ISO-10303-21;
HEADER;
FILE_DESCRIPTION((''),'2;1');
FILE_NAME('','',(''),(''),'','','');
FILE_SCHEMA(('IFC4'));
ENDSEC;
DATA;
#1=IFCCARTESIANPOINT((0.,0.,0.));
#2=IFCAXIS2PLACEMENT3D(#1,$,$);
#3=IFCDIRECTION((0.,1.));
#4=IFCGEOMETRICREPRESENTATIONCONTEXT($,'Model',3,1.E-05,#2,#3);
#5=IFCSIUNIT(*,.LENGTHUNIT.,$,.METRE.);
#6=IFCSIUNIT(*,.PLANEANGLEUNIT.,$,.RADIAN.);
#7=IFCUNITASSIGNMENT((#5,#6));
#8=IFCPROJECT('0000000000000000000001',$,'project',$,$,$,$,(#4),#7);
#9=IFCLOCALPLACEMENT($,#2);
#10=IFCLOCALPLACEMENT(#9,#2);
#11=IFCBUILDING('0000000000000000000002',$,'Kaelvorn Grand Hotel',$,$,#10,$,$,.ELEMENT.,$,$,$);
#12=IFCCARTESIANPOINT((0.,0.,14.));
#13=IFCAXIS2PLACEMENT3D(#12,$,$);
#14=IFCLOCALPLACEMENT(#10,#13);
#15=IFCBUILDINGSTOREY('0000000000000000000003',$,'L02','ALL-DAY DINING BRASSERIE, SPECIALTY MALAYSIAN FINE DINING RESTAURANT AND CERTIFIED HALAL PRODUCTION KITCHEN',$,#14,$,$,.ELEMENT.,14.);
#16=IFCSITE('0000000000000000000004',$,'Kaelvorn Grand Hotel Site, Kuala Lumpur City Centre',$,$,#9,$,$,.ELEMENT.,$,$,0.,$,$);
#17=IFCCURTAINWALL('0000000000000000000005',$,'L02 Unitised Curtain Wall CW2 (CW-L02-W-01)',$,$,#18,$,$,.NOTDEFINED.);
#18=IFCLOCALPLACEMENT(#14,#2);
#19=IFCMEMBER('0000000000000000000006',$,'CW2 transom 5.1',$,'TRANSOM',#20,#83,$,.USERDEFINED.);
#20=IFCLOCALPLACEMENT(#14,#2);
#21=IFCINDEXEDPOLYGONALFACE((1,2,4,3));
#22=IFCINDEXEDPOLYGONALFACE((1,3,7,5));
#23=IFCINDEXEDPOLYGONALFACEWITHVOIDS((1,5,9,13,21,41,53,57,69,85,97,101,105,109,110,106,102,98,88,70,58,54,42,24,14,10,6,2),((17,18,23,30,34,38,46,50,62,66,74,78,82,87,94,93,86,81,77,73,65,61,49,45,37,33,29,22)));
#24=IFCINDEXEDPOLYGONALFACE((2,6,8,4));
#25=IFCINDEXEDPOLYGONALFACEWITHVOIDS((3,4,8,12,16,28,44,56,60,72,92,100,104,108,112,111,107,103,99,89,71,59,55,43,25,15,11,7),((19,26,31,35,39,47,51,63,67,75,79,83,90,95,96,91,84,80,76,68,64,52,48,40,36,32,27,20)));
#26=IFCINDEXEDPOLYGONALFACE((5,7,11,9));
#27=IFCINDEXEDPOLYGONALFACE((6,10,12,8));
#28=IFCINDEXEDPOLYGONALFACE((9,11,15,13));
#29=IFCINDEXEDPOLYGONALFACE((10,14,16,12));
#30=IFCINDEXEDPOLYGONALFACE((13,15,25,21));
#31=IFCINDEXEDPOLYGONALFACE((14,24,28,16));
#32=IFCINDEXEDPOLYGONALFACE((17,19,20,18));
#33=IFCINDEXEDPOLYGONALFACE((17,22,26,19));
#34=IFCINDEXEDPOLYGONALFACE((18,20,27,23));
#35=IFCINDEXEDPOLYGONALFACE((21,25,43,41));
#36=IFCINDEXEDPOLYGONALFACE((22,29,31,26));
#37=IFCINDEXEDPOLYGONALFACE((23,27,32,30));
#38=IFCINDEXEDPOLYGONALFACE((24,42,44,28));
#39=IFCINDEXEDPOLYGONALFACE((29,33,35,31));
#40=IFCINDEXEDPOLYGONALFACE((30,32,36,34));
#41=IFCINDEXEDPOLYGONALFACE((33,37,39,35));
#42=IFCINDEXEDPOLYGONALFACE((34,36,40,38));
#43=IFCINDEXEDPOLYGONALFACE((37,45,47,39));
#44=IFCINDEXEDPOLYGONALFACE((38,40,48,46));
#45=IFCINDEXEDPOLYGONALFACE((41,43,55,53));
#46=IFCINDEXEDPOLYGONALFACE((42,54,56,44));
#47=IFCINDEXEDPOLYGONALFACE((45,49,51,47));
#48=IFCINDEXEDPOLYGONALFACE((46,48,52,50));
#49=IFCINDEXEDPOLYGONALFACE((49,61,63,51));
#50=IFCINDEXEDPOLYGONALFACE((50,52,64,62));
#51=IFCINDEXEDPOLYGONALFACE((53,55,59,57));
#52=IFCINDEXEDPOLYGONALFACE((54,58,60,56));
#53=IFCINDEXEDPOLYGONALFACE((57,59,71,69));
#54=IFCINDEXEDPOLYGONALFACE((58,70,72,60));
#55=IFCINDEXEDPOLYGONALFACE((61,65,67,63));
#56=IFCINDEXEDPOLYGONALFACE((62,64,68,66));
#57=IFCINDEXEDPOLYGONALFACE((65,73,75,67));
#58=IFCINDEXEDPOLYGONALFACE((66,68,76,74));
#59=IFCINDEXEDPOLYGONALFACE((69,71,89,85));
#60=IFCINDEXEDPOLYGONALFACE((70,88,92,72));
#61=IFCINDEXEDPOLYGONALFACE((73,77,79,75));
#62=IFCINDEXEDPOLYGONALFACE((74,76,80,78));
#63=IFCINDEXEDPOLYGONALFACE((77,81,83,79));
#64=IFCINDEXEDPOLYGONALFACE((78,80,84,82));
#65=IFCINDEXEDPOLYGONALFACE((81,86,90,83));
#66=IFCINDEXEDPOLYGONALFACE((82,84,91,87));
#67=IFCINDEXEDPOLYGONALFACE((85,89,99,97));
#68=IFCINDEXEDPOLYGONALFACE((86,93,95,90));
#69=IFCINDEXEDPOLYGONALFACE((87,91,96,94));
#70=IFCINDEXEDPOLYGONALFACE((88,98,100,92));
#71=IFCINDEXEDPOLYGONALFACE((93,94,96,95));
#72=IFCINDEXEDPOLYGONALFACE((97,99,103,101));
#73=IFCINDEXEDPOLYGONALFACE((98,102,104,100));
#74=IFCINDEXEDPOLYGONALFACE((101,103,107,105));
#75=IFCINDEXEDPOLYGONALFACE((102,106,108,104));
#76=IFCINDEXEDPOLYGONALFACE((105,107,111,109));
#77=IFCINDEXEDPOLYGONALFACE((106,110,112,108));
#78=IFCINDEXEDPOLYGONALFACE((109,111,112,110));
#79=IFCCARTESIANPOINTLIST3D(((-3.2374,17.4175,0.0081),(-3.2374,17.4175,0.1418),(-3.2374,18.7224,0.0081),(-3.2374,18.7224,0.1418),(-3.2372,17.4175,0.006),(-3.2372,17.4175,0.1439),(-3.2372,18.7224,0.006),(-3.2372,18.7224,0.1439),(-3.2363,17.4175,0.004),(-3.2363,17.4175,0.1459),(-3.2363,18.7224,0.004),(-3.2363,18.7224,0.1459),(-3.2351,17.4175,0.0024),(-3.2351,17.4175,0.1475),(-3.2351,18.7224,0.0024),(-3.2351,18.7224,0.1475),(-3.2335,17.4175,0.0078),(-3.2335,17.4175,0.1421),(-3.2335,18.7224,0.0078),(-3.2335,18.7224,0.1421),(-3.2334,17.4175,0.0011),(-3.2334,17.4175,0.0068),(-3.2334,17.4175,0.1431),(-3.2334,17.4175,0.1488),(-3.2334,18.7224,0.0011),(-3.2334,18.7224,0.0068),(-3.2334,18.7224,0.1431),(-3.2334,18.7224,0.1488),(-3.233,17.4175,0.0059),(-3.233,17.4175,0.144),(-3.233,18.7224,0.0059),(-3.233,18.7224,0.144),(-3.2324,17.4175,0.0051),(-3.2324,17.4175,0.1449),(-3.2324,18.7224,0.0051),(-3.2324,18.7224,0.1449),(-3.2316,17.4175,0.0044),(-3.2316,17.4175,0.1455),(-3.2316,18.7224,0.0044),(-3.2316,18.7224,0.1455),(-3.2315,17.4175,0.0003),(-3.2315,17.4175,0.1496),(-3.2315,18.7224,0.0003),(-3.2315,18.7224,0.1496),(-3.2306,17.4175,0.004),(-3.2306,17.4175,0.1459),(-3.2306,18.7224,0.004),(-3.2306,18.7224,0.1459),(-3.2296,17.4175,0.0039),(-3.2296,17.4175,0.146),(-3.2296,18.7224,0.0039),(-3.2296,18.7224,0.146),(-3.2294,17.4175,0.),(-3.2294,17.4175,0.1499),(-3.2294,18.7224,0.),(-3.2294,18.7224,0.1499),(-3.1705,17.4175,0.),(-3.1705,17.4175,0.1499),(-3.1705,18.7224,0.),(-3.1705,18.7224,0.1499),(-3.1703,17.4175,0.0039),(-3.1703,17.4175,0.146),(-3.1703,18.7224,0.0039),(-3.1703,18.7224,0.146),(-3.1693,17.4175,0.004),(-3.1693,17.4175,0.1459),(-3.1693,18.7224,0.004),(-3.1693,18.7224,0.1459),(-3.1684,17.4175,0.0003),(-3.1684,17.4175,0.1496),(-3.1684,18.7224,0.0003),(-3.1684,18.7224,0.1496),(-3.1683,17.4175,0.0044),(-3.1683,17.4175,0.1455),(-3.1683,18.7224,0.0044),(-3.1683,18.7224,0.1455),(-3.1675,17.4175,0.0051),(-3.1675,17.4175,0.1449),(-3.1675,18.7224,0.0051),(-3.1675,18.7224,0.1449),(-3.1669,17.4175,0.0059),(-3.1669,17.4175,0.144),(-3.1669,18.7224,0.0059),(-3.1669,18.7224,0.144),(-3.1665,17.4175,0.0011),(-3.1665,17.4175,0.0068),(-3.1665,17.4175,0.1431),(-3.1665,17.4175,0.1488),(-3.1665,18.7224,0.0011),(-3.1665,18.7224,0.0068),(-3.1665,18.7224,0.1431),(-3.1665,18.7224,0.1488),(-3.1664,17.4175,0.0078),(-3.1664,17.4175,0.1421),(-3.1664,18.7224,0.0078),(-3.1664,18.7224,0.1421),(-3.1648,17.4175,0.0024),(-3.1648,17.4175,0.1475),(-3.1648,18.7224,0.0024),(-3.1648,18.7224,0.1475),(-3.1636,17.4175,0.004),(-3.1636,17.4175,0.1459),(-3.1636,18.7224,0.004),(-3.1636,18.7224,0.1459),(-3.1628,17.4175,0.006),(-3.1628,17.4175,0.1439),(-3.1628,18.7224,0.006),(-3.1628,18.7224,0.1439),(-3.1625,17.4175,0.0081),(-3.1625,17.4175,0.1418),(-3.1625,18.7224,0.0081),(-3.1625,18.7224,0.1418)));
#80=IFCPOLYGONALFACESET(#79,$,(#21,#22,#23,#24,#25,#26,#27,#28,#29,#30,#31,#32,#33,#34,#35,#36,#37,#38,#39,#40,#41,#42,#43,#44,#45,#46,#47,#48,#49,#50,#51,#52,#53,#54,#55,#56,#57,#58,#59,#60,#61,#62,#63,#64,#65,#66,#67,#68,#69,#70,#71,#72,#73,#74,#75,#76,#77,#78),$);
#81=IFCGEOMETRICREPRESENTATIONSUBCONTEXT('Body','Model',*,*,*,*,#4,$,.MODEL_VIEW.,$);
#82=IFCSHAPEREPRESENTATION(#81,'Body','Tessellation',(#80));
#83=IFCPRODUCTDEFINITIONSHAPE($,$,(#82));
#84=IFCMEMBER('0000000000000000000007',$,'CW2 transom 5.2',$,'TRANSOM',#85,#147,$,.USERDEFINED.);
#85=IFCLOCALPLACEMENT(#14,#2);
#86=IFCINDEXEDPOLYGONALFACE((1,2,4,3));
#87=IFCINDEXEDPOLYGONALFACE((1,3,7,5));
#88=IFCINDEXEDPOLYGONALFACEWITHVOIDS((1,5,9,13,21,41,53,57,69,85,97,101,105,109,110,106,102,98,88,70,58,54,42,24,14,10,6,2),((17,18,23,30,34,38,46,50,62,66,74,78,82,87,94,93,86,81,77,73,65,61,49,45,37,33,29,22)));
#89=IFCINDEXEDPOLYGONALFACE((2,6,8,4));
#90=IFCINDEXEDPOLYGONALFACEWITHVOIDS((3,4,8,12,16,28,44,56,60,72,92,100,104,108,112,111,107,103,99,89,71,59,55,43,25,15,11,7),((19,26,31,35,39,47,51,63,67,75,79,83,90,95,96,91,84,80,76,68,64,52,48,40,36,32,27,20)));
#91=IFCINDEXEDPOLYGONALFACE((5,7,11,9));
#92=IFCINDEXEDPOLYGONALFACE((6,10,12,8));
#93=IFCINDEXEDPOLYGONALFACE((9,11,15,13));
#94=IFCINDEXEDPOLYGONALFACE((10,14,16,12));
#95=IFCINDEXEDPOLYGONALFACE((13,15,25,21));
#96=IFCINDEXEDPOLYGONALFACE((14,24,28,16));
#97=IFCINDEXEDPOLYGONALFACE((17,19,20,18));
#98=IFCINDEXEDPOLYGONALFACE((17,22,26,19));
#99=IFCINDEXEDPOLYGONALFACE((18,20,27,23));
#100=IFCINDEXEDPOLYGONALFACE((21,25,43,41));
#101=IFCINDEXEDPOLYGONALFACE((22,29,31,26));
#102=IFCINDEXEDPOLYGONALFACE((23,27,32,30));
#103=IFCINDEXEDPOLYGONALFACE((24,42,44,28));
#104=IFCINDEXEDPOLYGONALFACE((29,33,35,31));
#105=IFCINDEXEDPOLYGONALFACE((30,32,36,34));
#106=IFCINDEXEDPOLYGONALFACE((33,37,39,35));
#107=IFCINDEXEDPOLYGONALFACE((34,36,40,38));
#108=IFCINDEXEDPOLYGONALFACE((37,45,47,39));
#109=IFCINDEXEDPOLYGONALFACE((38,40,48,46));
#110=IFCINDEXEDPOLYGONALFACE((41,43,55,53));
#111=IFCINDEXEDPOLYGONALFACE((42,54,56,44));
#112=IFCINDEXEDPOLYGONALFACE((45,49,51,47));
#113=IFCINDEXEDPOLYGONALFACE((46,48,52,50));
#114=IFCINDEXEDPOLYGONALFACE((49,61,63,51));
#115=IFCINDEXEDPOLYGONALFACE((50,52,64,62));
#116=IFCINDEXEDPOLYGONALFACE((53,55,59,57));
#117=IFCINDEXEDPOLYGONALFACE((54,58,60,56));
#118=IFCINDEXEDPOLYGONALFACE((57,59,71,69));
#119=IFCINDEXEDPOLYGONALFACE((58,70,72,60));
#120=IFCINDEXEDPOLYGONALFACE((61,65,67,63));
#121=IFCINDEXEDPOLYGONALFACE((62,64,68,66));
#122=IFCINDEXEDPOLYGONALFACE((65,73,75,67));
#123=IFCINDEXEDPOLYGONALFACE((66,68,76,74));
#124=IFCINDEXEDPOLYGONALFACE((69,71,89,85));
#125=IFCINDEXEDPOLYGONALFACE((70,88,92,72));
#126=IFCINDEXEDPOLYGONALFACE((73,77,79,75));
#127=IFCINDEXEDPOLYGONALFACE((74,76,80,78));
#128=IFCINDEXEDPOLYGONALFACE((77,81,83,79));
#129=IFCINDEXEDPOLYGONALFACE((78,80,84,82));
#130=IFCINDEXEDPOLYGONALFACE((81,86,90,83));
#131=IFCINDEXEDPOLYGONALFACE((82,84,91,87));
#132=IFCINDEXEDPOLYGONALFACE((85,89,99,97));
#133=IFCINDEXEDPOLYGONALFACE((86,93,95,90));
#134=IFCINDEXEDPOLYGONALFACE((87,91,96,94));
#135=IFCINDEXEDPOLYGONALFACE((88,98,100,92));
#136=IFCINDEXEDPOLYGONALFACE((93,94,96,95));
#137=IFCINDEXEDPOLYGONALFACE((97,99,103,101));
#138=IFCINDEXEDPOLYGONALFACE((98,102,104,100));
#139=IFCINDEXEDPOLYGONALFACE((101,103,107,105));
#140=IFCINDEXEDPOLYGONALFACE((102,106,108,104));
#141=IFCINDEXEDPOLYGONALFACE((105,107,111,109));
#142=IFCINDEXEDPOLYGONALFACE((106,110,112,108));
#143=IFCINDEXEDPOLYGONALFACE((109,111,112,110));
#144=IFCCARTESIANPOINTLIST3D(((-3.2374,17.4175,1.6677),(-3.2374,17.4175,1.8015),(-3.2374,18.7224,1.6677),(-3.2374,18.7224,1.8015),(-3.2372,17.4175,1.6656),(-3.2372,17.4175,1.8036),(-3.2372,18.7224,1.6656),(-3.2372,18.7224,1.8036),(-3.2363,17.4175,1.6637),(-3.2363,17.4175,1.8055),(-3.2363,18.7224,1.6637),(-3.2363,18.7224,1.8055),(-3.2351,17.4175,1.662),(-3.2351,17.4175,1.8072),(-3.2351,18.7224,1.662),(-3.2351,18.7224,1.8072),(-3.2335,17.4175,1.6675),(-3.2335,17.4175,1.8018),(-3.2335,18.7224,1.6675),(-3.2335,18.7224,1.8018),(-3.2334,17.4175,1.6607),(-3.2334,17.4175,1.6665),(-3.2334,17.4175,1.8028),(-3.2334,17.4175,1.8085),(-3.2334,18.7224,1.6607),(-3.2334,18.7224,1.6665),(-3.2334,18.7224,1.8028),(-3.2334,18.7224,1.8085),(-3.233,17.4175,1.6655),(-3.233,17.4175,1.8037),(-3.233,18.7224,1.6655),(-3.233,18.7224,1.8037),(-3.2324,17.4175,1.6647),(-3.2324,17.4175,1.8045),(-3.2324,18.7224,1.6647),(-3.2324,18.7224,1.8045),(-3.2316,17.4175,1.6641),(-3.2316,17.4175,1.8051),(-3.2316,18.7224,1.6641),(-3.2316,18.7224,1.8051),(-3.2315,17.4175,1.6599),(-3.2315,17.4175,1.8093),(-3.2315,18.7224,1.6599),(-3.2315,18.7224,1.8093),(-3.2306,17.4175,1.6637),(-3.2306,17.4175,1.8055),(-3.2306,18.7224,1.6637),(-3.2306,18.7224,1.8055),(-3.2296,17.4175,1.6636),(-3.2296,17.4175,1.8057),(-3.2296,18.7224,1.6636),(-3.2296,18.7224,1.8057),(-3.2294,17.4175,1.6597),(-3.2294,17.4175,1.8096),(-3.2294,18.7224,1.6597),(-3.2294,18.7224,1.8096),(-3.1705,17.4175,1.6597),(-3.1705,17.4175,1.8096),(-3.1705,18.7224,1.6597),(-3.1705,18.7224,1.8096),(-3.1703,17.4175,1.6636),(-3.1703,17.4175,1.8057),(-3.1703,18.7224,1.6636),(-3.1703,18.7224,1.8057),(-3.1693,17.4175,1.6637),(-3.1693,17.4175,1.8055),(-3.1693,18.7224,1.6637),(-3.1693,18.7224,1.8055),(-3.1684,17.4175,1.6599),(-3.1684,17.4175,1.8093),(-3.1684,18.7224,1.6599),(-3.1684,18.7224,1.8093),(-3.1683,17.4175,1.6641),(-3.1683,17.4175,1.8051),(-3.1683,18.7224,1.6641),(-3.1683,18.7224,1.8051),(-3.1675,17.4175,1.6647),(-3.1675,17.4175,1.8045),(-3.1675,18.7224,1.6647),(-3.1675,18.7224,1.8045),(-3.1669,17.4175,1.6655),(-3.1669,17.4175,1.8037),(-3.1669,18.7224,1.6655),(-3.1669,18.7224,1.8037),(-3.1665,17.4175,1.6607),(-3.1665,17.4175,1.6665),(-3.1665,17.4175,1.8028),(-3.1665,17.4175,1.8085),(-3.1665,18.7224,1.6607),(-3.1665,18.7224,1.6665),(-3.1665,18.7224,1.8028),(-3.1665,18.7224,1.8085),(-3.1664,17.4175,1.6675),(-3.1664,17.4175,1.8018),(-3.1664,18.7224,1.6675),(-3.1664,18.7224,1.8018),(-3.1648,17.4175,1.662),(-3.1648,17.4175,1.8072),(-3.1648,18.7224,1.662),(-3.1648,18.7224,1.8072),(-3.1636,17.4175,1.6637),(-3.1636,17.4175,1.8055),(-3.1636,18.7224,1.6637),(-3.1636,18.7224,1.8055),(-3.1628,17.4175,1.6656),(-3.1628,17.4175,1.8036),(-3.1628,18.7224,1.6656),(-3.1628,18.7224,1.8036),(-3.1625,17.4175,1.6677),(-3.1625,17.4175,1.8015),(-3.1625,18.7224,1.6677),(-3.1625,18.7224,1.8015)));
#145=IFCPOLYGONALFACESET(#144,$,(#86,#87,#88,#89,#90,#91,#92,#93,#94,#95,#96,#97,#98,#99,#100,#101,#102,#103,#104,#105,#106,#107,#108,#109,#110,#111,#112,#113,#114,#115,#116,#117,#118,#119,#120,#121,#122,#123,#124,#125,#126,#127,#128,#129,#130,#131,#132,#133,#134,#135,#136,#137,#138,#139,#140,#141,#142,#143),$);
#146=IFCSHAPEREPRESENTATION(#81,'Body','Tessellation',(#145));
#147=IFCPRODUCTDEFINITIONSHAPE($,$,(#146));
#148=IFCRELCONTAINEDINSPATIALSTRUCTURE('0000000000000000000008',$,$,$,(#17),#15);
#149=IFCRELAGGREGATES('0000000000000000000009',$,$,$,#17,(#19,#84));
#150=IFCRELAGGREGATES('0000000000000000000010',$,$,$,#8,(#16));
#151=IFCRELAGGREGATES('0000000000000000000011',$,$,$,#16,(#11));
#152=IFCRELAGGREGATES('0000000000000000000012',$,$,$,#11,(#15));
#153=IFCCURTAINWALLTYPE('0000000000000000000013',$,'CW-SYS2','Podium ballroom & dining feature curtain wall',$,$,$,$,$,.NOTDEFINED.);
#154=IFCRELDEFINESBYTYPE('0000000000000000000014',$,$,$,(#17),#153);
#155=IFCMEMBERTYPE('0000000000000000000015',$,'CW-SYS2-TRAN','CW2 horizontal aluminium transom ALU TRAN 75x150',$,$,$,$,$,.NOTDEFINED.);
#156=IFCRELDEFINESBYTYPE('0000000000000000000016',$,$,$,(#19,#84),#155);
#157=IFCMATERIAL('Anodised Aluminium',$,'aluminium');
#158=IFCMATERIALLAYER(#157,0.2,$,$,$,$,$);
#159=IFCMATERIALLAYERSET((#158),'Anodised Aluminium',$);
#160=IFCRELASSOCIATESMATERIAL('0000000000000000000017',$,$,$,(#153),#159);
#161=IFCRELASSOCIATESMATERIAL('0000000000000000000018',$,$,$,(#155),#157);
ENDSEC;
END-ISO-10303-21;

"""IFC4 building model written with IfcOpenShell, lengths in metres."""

from ifc_helpers import new_model, si_unit, direction, frame, origin, origin_2d, place, context, subcontext, project, spatial, hollow_rectangle, extrude, material, layer, layer_set, material_profile, profile_set, type_object, element, aggregate, save


model = new_model("IFC4")

# Units and contexts
model_context = context("Model", 3, precision=1e-05, world=origin(), true_north=direction((0.0, 1.0)))
body_context = subcontext(model_context, "Body", "Model", "MODEL_VIEW")
ifc_project = project(units=[si_unit("LENGTHUNIT", "METRE"), si_unit("PLANEANGLEUNIT", "RADIAN")], contexts=[model_context])

# Site, building, storey
site_placement = place(None, origin())
site = spatial("IfcSite", under=ifc_project, at=site_placement, Name="Kaelvorn Grand Hotel Site, Kuala Lumpur City Centre", CompositionType="ELEMENT", RefElevation=0.0)
building_placement = place(site_placement, origin())
building = spatial("IfcBuilding", under=site, at=building_placement, Name="Kaelvorn Grand Hotel", CompositionType="ELEMENT")
storey_placement = place(building_placement, frame((0.0, 0.0, 14.0)))
storey = spatial("IfcBuildingStorey", under=building, at=storey_placement, Name="L02", Description="ALL-DAY DINING BRASSERIE, SPECIALTY MALAYSIAN FINE DINING RESTAURANT AND CERTIFIED HALAL PRODUCTION KITCHEN", CompositionType="ELEMENT", Elevation=14.0)

# Curtain wall, members
ifc_material_1 = material(Name="Anodised Aluminium", Category="aluminium")
ifc_layer_1 = layer(ifc_material_1, 0.2)
ifc_layer_set_1 = layer_set([ifc_layer_1], Name="Anodised Aluminium")
curtain_wall_type = type_object("IfcCurtainWallType", Name="CW-SYS2", Description="Podium ballroom & dining feature curtain wall", PredefinedType="NOTDEFINED", material=ifc_layer_set_1)
curtain_wall_placement = place(storey_placement, origin())
curtain_wall = element("IfcCurtainWall", 1, at=curtain_wall_placement, inside=storey, type_object=curtain_wall_type, Name="L02 Unitised Curtain Wall CW2 (CW-L02-W-01)", PredefinedType="NOTDEFINED")
ifc_material_profile_1 = material_profile(ifc_material_1, hollow_rectangle(XDim=0.075, YDim=0.1499, WallThickness=0.0039, InnerFilletRadius=0.0039, OuterFilletRadius=0.0081, at=origin_2d()), Name="ALU TRAN 75x150")
ifc_profile_set_1 = profile_set([ifc_material_profile_1], Name="Anodised Aluminium")
member_type_1 = type_object("IfcMemberType", Name="CW-SYS2-TRAN", Description="CW2 horizontal aluminium transom ALU TRAN 75x150", PredefinedType="NOTDEFINED", material=ifc_profile_set_1)
member_1_placement = place(storey_placement, frame((-3.2, 18.7224, 0.075), z_axis=(0.0, -1.0, 0.0), x_axis=(1.0, 0.0, 0.0)))
member_1 = element("IfcMember", 2, at=member_1_placement, type_object=member_type_1, Name="CW2 transom 5.1", ObjectType="TRANSOM", PredefinedType="USERDEFINED", context=body_context, shape_type="SweptSolid", body=[
    extrude(hollow_rectangle(XDim=0.075, YDim=0.1499, WallThickness=0.0039, InnerFilletRadius=0.0039, OuterFilletRadius=0.0081, at=origin_2d()), origin(), (0.0, 0.0, 1.0), 1.3049),
])
member_2_placement = place(storey_placement, frame((-3.2, 18.7224, 1.7346), z_axis=(0.0, -1.0, 0.0), x_axis=(1.0, 0.0, 0.0)))
member_2 = element("IfcMember", 3, at=member_2_placement, type_object=member_type_1, Name="CW2 transom 5.2", ObjectType="TRANSOM", PredefinedType="USERDEFINED", context=body_context, shape_type="SweptSolid", body=[
    extrude(hollow_rectangle(XDim=0.075, YDim=0.1499, WallThickness=0.0039, InnerFilletRadius=0.0039, OuterFilletRadius=0.0081, at=origin_2d()), origin(), (0.0, 0.0, 1.0), 1.3049),
])
aggregate(curtain_wall, [member_1, member_2])

save(model, "model.ifc")
